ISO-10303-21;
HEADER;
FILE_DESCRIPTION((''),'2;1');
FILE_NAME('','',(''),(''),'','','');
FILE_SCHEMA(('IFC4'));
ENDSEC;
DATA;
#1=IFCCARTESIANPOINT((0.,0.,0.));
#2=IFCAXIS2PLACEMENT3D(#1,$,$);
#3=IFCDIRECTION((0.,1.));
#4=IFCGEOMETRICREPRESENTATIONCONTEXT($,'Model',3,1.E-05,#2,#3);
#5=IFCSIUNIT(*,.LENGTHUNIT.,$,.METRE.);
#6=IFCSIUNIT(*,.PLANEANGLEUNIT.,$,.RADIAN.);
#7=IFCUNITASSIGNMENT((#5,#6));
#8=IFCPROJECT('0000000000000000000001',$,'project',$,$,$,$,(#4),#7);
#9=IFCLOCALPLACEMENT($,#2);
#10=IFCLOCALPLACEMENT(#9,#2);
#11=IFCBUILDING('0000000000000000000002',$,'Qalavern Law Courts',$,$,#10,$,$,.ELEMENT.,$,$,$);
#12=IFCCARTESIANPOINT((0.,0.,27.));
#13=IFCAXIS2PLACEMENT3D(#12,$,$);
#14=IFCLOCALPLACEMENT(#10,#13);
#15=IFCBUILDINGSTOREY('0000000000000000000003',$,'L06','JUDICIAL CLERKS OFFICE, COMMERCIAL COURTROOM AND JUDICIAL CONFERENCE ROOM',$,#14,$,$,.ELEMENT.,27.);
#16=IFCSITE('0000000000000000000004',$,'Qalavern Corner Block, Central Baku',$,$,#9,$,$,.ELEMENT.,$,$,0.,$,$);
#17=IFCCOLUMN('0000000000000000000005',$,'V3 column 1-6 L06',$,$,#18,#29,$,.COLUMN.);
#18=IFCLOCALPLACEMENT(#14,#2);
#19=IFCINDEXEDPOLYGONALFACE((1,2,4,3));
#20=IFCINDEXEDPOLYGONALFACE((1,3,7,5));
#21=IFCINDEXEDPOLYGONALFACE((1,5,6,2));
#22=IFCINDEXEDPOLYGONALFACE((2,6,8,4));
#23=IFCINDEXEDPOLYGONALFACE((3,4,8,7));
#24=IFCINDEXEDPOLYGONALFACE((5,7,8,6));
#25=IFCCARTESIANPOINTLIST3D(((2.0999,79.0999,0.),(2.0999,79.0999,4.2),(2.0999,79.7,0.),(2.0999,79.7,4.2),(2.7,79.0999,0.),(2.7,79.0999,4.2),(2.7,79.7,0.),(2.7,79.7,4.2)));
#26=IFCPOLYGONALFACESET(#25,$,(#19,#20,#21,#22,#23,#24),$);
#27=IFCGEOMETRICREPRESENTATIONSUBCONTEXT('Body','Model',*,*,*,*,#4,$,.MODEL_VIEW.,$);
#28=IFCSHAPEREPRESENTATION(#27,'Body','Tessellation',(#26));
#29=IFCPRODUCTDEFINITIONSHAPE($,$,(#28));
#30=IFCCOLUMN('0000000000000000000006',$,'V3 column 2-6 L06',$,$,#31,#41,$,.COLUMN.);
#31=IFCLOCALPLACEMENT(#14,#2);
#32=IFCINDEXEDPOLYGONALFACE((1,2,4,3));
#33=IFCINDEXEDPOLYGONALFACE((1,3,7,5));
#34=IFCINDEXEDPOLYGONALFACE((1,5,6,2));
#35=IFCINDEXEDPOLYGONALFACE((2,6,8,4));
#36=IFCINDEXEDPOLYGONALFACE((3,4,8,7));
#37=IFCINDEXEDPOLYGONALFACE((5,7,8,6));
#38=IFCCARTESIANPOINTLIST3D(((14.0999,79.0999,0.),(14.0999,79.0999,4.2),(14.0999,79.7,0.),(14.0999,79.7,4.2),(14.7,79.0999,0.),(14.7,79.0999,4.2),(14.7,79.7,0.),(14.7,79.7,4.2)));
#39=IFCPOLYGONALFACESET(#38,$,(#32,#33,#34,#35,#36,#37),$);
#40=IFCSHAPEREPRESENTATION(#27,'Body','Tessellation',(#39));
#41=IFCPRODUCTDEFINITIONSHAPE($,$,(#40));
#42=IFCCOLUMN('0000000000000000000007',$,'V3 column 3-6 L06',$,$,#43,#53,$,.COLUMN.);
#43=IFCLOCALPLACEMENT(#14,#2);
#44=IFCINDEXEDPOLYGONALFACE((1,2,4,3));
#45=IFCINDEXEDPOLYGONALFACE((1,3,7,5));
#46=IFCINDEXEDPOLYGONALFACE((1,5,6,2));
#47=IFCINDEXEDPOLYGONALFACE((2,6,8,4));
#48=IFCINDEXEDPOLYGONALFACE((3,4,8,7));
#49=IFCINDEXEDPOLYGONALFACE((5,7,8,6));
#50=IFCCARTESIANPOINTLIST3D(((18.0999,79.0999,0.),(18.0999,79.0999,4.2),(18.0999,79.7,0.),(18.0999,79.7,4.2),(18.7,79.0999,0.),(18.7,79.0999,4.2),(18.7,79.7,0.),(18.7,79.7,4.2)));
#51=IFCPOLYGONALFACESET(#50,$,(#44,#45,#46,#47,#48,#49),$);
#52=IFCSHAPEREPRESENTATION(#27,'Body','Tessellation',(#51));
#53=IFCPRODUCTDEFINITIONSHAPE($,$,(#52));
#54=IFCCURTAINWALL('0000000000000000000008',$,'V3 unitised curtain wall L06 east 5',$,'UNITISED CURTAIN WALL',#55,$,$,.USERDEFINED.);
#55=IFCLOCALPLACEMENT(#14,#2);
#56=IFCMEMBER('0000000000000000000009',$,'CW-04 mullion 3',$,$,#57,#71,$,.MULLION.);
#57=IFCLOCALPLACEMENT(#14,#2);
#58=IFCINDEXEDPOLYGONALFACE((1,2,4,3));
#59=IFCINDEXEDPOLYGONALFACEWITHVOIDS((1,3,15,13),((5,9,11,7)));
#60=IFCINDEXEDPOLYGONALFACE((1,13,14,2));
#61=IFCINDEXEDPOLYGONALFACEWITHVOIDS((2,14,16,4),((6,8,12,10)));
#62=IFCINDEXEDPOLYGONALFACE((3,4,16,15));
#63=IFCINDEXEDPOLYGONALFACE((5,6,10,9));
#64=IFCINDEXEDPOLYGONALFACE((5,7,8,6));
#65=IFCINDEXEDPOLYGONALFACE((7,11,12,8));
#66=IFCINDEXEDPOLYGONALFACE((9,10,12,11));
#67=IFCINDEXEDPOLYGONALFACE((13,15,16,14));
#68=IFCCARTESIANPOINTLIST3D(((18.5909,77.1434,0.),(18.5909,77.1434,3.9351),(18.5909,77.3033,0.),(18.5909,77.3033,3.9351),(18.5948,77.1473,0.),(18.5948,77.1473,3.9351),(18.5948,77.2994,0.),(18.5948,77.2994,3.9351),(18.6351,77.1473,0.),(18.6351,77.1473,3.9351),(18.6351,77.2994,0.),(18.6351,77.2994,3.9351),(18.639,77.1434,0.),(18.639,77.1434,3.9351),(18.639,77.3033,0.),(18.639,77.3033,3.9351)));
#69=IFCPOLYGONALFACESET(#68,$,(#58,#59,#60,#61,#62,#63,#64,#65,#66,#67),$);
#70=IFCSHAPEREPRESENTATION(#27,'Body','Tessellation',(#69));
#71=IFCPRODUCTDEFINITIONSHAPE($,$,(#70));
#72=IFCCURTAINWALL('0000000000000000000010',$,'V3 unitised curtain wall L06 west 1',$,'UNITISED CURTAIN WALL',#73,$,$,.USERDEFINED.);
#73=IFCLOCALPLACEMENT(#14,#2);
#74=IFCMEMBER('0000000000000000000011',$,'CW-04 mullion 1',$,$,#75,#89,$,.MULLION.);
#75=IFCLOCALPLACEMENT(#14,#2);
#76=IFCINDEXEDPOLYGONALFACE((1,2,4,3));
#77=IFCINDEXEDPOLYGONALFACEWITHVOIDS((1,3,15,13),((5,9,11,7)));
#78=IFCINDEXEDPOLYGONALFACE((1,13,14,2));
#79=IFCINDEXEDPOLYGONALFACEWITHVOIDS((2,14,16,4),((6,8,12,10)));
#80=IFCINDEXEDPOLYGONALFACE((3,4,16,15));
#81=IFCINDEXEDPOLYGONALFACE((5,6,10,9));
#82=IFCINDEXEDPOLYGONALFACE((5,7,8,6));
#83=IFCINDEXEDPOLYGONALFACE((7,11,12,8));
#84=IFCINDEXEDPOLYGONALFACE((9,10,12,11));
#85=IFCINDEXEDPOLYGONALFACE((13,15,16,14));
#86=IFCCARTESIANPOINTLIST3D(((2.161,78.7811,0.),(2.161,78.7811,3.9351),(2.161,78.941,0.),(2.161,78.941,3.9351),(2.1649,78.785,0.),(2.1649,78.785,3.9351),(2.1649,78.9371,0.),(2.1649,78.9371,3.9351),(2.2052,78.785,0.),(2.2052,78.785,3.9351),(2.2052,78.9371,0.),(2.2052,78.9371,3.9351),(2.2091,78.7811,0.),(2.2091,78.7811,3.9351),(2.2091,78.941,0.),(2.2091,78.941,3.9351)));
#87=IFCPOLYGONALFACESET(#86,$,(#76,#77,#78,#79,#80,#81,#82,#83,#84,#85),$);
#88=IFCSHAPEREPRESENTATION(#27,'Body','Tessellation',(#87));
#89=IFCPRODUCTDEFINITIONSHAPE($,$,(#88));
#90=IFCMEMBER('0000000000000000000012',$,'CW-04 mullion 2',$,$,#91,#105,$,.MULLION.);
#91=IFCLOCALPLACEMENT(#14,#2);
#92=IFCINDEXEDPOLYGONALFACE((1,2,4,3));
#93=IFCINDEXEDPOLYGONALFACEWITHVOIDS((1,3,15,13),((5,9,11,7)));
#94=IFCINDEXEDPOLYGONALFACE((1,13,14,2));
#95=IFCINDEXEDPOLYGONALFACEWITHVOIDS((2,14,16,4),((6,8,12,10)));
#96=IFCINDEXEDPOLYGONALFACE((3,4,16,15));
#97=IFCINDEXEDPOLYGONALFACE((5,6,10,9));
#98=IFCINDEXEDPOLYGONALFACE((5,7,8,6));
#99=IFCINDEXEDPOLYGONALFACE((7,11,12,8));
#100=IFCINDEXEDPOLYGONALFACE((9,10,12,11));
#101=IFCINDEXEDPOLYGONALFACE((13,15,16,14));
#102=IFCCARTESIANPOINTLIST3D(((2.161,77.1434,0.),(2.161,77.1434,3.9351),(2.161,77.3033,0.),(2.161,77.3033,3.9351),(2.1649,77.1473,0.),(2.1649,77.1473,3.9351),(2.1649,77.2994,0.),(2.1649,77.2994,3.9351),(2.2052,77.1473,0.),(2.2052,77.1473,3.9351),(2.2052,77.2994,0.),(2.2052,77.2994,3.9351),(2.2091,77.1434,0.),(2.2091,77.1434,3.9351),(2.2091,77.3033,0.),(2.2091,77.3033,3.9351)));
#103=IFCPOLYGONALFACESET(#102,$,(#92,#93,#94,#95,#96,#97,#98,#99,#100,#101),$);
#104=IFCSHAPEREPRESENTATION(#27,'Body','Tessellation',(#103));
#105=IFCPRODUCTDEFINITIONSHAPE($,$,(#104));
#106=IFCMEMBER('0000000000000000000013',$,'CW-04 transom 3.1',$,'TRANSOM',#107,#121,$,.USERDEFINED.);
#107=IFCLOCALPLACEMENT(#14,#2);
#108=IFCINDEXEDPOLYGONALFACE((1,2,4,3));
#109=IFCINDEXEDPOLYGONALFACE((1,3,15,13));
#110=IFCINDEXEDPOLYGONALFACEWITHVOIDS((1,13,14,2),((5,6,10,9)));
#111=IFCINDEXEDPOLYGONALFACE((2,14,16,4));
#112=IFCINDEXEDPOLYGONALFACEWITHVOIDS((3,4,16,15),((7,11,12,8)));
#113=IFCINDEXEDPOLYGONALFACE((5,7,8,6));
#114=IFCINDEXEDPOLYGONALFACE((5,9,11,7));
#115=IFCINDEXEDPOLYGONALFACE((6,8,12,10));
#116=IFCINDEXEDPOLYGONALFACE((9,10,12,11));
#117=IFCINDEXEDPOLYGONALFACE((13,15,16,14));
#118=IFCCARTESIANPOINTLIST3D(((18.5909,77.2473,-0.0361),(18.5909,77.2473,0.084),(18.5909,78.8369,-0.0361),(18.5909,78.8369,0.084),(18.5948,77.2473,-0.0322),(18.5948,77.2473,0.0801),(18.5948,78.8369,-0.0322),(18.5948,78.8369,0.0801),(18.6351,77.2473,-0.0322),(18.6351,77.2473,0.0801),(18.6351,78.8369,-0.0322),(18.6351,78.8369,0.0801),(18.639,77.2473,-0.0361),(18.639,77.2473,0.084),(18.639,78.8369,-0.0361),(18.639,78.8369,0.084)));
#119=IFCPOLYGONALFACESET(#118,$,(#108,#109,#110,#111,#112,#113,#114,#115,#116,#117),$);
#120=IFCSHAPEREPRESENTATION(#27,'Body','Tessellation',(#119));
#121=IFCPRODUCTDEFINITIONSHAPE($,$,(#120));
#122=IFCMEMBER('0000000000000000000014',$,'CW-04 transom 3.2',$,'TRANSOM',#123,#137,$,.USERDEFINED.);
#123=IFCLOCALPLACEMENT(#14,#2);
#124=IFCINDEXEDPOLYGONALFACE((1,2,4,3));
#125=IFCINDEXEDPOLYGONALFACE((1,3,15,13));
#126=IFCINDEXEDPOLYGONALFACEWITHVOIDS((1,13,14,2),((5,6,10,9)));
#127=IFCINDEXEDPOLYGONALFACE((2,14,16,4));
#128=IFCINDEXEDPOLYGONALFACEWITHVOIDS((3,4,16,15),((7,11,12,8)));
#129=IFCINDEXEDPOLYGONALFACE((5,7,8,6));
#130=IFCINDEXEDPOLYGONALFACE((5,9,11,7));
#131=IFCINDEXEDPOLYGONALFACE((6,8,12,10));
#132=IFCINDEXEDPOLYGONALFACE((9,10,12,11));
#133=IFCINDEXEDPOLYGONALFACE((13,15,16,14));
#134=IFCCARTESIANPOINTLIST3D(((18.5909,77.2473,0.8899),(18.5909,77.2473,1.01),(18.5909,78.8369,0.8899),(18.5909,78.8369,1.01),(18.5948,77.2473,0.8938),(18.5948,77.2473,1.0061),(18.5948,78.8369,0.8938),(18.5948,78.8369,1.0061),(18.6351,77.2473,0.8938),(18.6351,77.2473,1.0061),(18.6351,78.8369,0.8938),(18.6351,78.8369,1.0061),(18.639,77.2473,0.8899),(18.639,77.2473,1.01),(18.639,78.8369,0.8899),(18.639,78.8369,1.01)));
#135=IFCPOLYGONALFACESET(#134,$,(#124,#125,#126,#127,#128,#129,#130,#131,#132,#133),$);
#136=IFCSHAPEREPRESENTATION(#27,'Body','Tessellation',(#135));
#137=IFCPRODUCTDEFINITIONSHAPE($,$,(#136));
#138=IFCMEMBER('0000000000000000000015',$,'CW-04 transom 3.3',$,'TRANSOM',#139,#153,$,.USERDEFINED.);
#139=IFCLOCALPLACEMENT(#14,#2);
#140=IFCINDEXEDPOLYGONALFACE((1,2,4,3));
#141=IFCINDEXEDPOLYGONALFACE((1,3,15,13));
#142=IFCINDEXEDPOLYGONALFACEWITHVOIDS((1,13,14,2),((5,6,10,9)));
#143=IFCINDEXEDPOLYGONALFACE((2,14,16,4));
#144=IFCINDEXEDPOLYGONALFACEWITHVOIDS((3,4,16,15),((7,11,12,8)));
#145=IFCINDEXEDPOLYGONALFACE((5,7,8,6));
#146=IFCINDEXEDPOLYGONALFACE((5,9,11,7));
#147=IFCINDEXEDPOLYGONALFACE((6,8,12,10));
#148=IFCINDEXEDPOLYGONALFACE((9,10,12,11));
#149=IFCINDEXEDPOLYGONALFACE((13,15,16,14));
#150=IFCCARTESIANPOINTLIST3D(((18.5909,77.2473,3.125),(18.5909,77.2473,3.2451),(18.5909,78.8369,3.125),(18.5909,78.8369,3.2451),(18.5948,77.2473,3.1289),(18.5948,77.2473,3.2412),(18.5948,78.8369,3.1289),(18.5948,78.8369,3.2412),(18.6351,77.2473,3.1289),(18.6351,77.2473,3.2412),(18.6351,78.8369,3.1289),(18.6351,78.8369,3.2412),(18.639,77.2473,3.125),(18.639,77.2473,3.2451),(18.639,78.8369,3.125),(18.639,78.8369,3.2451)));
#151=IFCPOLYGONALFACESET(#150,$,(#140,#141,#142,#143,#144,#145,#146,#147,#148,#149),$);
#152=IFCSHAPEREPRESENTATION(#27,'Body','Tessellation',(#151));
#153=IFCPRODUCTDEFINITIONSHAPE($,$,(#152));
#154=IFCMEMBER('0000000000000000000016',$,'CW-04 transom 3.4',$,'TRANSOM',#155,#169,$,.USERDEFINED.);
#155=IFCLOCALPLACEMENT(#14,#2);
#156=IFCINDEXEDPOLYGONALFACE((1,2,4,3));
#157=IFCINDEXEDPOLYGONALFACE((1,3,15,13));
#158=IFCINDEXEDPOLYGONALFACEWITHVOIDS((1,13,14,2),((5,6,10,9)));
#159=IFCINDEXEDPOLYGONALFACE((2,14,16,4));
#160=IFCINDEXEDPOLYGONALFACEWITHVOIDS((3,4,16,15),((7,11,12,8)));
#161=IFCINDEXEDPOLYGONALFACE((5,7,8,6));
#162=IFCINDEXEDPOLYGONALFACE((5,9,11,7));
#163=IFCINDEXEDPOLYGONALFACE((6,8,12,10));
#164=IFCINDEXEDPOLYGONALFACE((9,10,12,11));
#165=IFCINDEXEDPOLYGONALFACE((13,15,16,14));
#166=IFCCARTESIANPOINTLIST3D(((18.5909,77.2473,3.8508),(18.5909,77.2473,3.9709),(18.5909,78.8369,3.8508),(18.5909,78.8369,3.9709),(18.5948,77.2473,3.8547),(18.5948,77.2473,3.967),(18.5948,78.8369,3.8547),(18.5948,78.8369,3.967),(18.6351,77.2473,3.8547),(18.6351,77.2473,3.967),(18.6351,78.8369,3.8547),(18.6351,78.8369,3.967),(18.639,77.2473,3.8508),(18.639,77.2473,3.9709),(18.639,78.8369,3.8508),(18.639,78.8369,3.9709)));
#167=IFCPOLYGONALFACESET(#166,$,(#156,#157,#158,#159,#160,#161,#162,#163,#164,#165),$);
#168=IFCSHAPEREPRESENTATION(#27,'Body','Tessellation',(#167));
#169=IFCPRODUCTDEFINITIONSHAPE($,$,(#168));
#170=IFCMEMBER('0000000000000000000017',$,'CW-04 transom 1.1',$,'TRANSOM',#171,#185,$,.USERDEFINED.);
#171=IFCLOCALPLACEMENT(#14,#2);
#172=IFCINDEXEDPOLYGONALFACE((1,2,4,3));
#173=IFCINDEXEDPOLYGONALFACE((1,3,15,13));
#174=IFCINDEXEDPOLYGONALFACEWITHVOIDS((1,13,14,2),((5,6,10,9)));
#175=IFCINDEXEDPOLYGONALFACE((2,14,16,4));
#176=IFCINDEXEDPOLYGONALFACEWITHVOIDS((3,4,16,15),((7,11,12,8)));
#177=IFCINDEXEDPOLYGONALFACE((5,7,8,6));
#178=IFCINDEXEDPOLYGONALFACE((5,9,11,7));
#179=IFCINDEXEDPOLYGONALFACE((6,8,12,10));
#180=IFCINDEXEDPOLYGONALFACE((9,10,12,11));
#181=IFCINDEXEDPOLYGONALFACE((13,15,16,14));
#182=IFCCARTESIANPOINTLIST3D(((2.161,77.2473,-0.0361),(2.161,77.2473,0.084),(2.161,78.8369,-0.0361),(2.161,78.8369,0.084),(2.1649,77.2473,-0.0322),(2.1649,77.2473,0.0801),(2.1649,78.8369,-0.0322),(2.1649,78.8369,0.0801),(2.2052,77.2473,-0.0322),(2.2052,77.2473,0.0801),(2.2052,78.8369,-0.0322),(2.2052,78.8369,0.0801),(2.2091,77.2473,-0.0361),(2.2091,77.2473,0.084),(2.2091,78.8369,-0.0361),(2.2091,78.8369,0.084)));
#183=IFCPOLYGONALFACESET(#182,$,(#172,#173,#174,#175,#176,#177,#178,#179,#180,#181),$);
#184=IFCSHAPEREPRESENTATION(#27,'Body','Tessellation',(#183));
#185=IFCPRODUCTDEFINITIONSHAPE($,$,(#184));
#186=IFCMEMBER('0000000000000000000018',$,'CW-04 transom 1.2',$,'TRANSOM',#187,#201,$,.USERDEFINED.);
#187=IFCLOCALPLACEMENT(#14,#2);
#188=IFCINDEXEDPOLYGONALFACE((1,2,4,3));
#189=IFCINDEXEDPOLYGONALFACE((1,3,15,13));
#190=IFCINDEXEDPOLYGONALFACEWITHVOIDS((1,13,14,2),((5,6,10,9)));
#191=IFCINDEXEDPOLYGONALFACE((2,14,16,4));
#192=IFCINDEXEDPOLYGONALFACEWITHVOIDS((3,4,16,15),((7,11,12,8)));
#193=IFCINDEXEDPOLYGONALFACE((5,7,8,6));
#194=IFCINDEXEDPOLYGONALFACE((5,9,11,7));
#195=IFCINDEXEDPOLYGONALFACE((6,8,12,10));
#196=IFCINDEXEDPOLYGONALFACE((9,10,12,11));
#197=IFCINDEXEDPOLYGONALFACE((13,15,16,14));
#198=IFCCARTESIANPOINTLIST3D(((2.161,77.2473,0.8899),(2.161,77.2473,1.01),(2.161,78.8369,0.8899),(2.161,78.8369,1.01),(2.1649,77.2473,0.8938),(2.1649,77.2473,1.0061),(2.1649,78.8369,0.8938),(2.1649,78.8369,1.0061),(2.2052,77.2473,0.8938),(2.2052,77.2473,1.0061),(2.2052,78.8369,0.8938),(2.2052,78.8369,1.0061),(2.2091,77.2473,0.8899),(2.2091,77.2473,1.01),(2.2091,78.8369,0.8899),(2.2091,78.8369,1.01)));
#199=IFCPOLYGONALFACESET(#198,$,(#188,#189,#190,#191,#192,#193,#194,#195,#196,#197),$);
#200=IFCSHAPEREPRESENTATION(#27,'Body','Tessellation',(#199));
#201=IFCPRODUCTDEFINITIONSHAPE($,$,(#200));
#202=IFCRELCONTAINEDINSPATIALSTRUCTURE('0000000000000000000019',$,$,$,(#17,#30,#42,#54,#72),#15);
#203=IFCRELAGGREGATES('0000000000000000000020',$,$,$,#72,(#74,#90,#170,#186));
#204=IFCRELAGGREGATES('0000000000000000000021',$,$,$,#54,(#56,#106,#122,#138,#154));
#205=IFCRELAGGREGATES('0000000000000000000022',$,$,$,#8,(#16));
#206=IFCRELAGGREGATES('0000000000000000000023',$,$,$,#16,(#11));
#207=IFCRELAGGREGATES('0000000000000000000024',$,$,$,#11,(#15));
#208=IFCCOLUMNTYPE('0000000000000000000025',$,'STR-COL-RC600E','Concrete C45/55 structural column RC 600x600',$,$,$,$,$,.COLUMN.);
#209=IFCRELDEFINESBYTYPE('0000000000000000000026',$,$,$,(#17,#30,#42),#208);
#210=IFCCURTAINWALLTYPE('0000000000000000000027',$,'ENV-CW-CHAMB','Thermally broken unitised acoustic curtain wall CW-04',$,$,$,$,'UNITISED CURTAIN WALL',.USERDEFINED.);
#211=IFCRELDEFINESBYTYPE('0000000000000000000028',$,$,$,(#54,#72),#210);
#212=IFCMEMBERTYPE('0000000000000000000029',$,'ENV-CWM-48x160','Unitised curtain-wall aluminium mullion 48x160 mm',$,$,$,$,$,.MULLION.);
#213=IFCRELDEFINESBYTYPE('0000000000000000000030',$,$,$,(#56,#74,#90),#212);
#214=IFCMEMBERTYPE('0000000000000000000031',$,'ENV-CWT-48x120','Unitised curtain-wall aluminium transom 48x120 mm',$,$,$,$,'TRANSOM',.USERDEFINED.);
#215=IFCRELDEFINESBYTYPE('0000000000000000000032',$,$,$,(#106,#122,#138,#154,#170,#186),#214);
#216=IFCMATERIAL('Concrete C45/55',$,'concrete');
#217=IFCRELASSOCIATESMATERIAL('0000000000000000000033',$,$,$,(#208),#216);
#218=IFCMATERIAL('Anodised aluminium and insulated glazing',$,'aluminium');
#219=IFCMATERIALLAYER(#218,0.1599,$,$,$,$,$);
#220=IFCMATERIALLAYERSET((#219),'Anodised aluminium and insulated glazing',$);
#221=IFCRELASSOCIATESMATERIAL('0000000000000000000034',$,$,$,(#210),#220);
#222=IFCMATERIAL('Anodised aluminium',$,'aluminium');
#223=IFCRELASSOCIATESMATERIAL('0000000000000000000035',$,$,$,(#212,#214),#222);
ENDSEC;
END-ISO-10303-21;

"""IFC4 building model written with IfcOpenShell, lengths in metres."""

from ifc_helpers import new_model, si_unit, direction, frame, origin, origin_2d, place, context, subcontext, project, spatial, rectangle, hollow_rectangle, extrude, material, layer, layer_set, material_profile, profile_set, type_object, element, aggregate, save


model = new_model("IFC4")

# Units and contexts
model_context = context("Model", 3, precision=1e-05, world=origin(), true_north=direction((0.0, 1.0)))
body_context = subcontext(model_context, "Body", "Model", "MODEL_VIEW")
ifc_project = project(units=[si_unit("LENGTHUNIT", "METRE"), si_unit("PLANEANGLEUNIT", "RADIAN")], contexts=[model_context])

# Site, building, storey
site_placement = place(None, origin())
site = spatial("IfcSite", under=ifc_project, at=site_placement, Name="Qalavern Corner Block, Central Baku", CompositionType="ELEMENT", RefElevation=0.0)
building_placement = place(site_placement, origin())
building = spatial("IfcBuilding", under=site, at=building_placement, Name="Qalavern Law Courts", CompositionType="ELEMENT")
storey_placement = place(building_placement, frame((0.0, 0.0, 27.0)))
storey = spatial("IfcBuildingStorey", under=building, at=storey_placement, Name="L06", Description="JUDICIAL CLERKS OFFICE, COMMERCIAL COURTROOM AND JUDICIAL CONFERENCE ROOM", CompositionType="ELEMENT", Elevation=27.0)

# Columns
ifc_material_1 = material(Name="Concrete C45/55", Category="concrete")
ifc_material_profile_1 = material_profile(ifc_material_1, rectangle(XDim=0.6001, YDim=0.6001, at=origin_2d()), Name="RC 600x600")
ifc_profile_set_1 = profile_set([ifc_material_profile_1], Name="Concrete C45/55")
column_type = type_object("IfcColumnType", Name="STR-COL-RC600E", Description="Concrete C45/55 structural column RC 600x600", PredefinedType="COLUMN", material=ifc_profile_set_1)
for number, where, z_axis, x_axis, name in (
    (1, (2.3999, 79.3999, 0.0), (0.0, 0.0, 1.0), (1.0, 0.0, 0.0), "V3 column 1-6 L06"),
    (2, (14.3999, 79.3999, 0.0), (0.0, 0.0, 1.0), (1.0, 0.0, 0.0), "V3 column 2-6 L06"),
    (3, (18.3999, 79.3999, 0.0), (0.0, 0.0, 1.0), (1.0, 0.0, 0.0), "V3 column 3-6 L06"),
):
    element("IfcColumn", number, at=place(storey_placement, frame(where, z_axis=z_axis, x_axis=x_axis)), inside=storey, type_object=column_type, Name=name, PredefinedType="COLUMN", context=body_context, shape_type="SweptSolid", body=[
        extrude(rectangle(XDim=0.6001, YDim=0.6001, at=origin_2d()), origin(), (0.0, 0.0, 1.0), 4.2),
    ])

# Curtain wall, member
ifc_material_2 = material(Name="Anodised aluminium and insulated glazing", Category="aluminium")
ifc_layer_1 = layer(ifc_material_2, 0.1599)
ifc_layer_set_1 = layer_set([ifc_layer_1], Name="Anodised aluminium and insulated glazing")
curtain_wall_type = type_object("IfcCurtainWallType", Name="ENV-CW-CHAMB", Description="Thermally broken unitised acoustic curtain wall CW-04", ElementType="UNITISED CURTAIN WALL", PredefinedType="USERDEFINED", material=ifc_layer_set_1)
curtain_wall_1_placement = place(storey_placement, origin())
curtain_wall_1 = element("IfcCurtainWall", 4, at=curtain_wall_1_placement, inside=storey, type_object=curtain_wall_type, Name="V3 unitised curtain wall L06 east 5", ObjectType="UNITISED CURTAIN WALL", PredefinedType="USERDEFINED")
ifc_material_3 = material(Name="Anodised aluminium", Category="aluminium")
ifc_material_profile_2 = material_profile(ifc_material_3, hollow_rectangle(XDim=0.0481, YDim=0.1599, WallThickness=0.0039, at=origin_2d()), Name="ALU MULLION 48x160")
ifc_profile_set_2 = profile_set([ifc_material_profile_2], Name="Anodised aluminium")
member_type_1 = type_object("IfcMemberType", Name="ENV-CWM-48x160", Description="Unitised curtain-wall aluminium mullion 48x160 mm", PredefinedType="MULLION", material=ifc_profile_set_2)
member_1_placement = place(storey_placement, frame((18.615, 77.2234, 0.0), z_axis=(0.0, 0.0, 1.0), x_axis=(-1.0, 0.0, 0.0)))
member_1 = element("IfcMember", 5, at=member_1_placement, type_object=member_type_1, Name="CW-04 mullion 3", PredefinedType="MULLION", context=body_context, shape_type="SweptSolid", body=[
    extrude(hollow_rectangle(XDim=0.0481, YDim=0.1599, WallThickness=0.0039, at=origin_2d()), origin(), (0.0, 0.0, 1.0), 3.9351),
])

# Curtain wall, members
curtain_wall_2_placement = place(storey_placement, origin())
curtain_wall_2 = element("IfcCurtainWall", 6, at=curtain_wall_2_placement, inside=storey, type_object=curtain_wall_type, Name="V3 unitised curtain wall L06 west 1", ObjectType="UNITISED CURTAIN WALL", PredefinedType="USERDEFINED")
member_2_placement = place(storey_placement, frame((2.1851, 78.8611, 0.0), z_axis=(0.0, 0.0, 1.0), x_axis=(1.0, 0.0, 0.0)))
member_2 = element("IfcMember", 7, at=member_2_placement, type_object=member_type_1, Name="CW-04 mullion 1", PredefinedType="MULLION", context=body_context, shape_type="SweptSolid", body=[
    extrude(hollow_rectangle(XDim=0.0481, YDim=0.1599, WallThickness=0.0039, at=origin_2d()), origin(), (0.0, 0.0, 1.0), 3.9351),
])
member_3_placement = place(storey_placement, frame((2.1851, 77.2234, 0.0), z_axis=(0.0, 0.0, 1.0), x_axis=(1.0, 0.0, 0.0)))
member_3 = element("IfcMember", 8, at=member_3_placement, type_object=member_type_1, Name="CW-04 mullion 2", PredefinedType="MULLION", context=body_context, shape_type="SweptSolid", body=[
    extrude(hollow_rectangle(XDim=0.0481, YDim=0.1599, WallThickness=0.0039, at=origin_2d()), origin(), (0.0, 0.0, 1.0), 3.9351),
])

# Members
ifc_material_profile_3 = material_profile(ifc_material_3, hollow_rectangle(XDim=0.0481, YDim=0.1201, WallThickness=0.0039, at=origin_2d()), Name="ALU TRANSOM 48x120")
ifc_profile_set_3 = profile_set([ifc_material_profile_3], Name="Anodised aluminium")
member_type_2 = type_object("IfcMemberType", Name="ENV-CWT-48x120", Description="Unitised curtain-wall aluminium transom 48x120 mm", ElementType="TRANSOM", PredefinedType="USERDEFINED", material=ifc_profile_set_3)
member_4_placement = place(storey_placement, frame((18.615, 77.2473, 0.0239), z_axis=(0.0, 1.0, 0.0), x_axis=(-1.0, 0.0, 0.0)))
member_4 = element("IfcMember", 9, at=member_4_placement, type_object=member_type_2, Name="CW-04 transom 3.1", ObjectType="TRANSOM", PredefinedType="USERDEFINED", context=body_context, shape_type="SweptSolid", body=[
    extrude(hollow_rectangle(XDim=0.0481, YDim=0.1201, WallThickness=0.0039, at=origin_2d()), origin(), (0.0, 0.0, 1.0), 1.5896),
])
member_5_placement = place(storey_placement, frame((18.615, 77.2473, 0.95), z_axis=(0.0, 1.0, 0.0), x_axis=(-1.0, 0.0, 0.0)))
member_5 = element("IfcMember", 10, at=member_5_placement, type_object=member_type_2, Name="CW-04 transom 3.2", ObjectType="TRANSOM", PredefinedType="USERDEFINED", context=body_context, shape_type="SweptSolid", body=[
    extrude(hollow_rectangle(XDim=0.0481, YDim=0.1201, WallThickness=0.0039, at=origin_2d()), origin(), (0.0, 0.0, 1.0), 1.5896),
])
member_6_placement = place(storey_placement, frame((18.615, 77.2473, 3.1851), z_axis=(0.0, 1.0, 0.0), x_axis=(-1.0, 0.0, 0.0)))
member_6 = element("IfcMember", 11, at=member_6_placement, type_object=member_type_2, Name="CW-04 transom 3.3", ObjectType="TRANSOM", PredefinedType="USERDEFINED", context=body_context, shape_type="SweptSolid", body=[
    extrude(hollow_rectangle(XDim=0.0481, YDim=0.1201, WallThickness=0.0039, at=origin_2d()), origin(), (0.0, 0.0, 1.0), 1.5896),
])
member_7_placement = place(storey_placement, frame((18.615, 77.2473, 3.9109), z_axis=(0.0, 1.0, 0.0), x_axis=(-1.0, 0.0, 0.0)))
member_7 = element("IfcMember", 12, at=member_7_placement, type_object=member_type_2, Name="CW-04 transom 3.4", ObjectType="TRANSOM", PredefinedType="USERDEFINED", context=body_context, shape_type="SweptSolid", body=[
    extrude(hollow_rectangle(XDim=0.0481, YDim=0.1201, WallThickness=0.0039, at=origin_2d()), origin(), (0.0, 0.0, 1.0), 1.5896),
])
member_8_placement = place(storey_placement, frame((2.1851, 78.8369, 0.0239), z_axis=(0.0, -1.0, 0.0), x_axis=(1.0, 0.0, 0.0)))
member_8 = element("IfcMember", 13, at=member_8_placement, type_object=member_type_2, Name="CW-04 transom 1.1", ObjectType="TRANSOM", PredefinedType="USERDEFINED", context=body_context, shape_type="SweptSolid", body=[
    extrude(hollow_rectangle(XDim=0.0481, YDim=0.1201, WallThickness=0.0039, at=origin_2d()), origin(), (0.0, 0.0, 1.0), 1.5896),
])
member_9_placement = place(storey_placement, frame((2.1851, 78.8369, 0.95), z_axis=(0.0, -1.0, 0.0), x_axis=(1.0, 0.0, 0.0)))
member_9 = element("IfcMember", 14, at=member_9_placement, type_object=member_type_2, Name="CW-04 transom 1.2", ObjectType="TRANSOM", PredefinedType="USERDEFINED", context=body_context, shape_type="SweptSolid", body=[
    extrude(hollow_rectangle(XDim=0.0481, YDim=0.1201, WallThickness=0.0039, at=origin_2d()), origin(), (0.0, 0.0, 1.0), 1.5896),
])

aggregate(curtain_wall_2, [member_2, member_3, member_8, member_9])
aggregate(curtain_wall_1, [member_1, member_4, member_5, member_6, member_7])

save(model, "model.ifc")
